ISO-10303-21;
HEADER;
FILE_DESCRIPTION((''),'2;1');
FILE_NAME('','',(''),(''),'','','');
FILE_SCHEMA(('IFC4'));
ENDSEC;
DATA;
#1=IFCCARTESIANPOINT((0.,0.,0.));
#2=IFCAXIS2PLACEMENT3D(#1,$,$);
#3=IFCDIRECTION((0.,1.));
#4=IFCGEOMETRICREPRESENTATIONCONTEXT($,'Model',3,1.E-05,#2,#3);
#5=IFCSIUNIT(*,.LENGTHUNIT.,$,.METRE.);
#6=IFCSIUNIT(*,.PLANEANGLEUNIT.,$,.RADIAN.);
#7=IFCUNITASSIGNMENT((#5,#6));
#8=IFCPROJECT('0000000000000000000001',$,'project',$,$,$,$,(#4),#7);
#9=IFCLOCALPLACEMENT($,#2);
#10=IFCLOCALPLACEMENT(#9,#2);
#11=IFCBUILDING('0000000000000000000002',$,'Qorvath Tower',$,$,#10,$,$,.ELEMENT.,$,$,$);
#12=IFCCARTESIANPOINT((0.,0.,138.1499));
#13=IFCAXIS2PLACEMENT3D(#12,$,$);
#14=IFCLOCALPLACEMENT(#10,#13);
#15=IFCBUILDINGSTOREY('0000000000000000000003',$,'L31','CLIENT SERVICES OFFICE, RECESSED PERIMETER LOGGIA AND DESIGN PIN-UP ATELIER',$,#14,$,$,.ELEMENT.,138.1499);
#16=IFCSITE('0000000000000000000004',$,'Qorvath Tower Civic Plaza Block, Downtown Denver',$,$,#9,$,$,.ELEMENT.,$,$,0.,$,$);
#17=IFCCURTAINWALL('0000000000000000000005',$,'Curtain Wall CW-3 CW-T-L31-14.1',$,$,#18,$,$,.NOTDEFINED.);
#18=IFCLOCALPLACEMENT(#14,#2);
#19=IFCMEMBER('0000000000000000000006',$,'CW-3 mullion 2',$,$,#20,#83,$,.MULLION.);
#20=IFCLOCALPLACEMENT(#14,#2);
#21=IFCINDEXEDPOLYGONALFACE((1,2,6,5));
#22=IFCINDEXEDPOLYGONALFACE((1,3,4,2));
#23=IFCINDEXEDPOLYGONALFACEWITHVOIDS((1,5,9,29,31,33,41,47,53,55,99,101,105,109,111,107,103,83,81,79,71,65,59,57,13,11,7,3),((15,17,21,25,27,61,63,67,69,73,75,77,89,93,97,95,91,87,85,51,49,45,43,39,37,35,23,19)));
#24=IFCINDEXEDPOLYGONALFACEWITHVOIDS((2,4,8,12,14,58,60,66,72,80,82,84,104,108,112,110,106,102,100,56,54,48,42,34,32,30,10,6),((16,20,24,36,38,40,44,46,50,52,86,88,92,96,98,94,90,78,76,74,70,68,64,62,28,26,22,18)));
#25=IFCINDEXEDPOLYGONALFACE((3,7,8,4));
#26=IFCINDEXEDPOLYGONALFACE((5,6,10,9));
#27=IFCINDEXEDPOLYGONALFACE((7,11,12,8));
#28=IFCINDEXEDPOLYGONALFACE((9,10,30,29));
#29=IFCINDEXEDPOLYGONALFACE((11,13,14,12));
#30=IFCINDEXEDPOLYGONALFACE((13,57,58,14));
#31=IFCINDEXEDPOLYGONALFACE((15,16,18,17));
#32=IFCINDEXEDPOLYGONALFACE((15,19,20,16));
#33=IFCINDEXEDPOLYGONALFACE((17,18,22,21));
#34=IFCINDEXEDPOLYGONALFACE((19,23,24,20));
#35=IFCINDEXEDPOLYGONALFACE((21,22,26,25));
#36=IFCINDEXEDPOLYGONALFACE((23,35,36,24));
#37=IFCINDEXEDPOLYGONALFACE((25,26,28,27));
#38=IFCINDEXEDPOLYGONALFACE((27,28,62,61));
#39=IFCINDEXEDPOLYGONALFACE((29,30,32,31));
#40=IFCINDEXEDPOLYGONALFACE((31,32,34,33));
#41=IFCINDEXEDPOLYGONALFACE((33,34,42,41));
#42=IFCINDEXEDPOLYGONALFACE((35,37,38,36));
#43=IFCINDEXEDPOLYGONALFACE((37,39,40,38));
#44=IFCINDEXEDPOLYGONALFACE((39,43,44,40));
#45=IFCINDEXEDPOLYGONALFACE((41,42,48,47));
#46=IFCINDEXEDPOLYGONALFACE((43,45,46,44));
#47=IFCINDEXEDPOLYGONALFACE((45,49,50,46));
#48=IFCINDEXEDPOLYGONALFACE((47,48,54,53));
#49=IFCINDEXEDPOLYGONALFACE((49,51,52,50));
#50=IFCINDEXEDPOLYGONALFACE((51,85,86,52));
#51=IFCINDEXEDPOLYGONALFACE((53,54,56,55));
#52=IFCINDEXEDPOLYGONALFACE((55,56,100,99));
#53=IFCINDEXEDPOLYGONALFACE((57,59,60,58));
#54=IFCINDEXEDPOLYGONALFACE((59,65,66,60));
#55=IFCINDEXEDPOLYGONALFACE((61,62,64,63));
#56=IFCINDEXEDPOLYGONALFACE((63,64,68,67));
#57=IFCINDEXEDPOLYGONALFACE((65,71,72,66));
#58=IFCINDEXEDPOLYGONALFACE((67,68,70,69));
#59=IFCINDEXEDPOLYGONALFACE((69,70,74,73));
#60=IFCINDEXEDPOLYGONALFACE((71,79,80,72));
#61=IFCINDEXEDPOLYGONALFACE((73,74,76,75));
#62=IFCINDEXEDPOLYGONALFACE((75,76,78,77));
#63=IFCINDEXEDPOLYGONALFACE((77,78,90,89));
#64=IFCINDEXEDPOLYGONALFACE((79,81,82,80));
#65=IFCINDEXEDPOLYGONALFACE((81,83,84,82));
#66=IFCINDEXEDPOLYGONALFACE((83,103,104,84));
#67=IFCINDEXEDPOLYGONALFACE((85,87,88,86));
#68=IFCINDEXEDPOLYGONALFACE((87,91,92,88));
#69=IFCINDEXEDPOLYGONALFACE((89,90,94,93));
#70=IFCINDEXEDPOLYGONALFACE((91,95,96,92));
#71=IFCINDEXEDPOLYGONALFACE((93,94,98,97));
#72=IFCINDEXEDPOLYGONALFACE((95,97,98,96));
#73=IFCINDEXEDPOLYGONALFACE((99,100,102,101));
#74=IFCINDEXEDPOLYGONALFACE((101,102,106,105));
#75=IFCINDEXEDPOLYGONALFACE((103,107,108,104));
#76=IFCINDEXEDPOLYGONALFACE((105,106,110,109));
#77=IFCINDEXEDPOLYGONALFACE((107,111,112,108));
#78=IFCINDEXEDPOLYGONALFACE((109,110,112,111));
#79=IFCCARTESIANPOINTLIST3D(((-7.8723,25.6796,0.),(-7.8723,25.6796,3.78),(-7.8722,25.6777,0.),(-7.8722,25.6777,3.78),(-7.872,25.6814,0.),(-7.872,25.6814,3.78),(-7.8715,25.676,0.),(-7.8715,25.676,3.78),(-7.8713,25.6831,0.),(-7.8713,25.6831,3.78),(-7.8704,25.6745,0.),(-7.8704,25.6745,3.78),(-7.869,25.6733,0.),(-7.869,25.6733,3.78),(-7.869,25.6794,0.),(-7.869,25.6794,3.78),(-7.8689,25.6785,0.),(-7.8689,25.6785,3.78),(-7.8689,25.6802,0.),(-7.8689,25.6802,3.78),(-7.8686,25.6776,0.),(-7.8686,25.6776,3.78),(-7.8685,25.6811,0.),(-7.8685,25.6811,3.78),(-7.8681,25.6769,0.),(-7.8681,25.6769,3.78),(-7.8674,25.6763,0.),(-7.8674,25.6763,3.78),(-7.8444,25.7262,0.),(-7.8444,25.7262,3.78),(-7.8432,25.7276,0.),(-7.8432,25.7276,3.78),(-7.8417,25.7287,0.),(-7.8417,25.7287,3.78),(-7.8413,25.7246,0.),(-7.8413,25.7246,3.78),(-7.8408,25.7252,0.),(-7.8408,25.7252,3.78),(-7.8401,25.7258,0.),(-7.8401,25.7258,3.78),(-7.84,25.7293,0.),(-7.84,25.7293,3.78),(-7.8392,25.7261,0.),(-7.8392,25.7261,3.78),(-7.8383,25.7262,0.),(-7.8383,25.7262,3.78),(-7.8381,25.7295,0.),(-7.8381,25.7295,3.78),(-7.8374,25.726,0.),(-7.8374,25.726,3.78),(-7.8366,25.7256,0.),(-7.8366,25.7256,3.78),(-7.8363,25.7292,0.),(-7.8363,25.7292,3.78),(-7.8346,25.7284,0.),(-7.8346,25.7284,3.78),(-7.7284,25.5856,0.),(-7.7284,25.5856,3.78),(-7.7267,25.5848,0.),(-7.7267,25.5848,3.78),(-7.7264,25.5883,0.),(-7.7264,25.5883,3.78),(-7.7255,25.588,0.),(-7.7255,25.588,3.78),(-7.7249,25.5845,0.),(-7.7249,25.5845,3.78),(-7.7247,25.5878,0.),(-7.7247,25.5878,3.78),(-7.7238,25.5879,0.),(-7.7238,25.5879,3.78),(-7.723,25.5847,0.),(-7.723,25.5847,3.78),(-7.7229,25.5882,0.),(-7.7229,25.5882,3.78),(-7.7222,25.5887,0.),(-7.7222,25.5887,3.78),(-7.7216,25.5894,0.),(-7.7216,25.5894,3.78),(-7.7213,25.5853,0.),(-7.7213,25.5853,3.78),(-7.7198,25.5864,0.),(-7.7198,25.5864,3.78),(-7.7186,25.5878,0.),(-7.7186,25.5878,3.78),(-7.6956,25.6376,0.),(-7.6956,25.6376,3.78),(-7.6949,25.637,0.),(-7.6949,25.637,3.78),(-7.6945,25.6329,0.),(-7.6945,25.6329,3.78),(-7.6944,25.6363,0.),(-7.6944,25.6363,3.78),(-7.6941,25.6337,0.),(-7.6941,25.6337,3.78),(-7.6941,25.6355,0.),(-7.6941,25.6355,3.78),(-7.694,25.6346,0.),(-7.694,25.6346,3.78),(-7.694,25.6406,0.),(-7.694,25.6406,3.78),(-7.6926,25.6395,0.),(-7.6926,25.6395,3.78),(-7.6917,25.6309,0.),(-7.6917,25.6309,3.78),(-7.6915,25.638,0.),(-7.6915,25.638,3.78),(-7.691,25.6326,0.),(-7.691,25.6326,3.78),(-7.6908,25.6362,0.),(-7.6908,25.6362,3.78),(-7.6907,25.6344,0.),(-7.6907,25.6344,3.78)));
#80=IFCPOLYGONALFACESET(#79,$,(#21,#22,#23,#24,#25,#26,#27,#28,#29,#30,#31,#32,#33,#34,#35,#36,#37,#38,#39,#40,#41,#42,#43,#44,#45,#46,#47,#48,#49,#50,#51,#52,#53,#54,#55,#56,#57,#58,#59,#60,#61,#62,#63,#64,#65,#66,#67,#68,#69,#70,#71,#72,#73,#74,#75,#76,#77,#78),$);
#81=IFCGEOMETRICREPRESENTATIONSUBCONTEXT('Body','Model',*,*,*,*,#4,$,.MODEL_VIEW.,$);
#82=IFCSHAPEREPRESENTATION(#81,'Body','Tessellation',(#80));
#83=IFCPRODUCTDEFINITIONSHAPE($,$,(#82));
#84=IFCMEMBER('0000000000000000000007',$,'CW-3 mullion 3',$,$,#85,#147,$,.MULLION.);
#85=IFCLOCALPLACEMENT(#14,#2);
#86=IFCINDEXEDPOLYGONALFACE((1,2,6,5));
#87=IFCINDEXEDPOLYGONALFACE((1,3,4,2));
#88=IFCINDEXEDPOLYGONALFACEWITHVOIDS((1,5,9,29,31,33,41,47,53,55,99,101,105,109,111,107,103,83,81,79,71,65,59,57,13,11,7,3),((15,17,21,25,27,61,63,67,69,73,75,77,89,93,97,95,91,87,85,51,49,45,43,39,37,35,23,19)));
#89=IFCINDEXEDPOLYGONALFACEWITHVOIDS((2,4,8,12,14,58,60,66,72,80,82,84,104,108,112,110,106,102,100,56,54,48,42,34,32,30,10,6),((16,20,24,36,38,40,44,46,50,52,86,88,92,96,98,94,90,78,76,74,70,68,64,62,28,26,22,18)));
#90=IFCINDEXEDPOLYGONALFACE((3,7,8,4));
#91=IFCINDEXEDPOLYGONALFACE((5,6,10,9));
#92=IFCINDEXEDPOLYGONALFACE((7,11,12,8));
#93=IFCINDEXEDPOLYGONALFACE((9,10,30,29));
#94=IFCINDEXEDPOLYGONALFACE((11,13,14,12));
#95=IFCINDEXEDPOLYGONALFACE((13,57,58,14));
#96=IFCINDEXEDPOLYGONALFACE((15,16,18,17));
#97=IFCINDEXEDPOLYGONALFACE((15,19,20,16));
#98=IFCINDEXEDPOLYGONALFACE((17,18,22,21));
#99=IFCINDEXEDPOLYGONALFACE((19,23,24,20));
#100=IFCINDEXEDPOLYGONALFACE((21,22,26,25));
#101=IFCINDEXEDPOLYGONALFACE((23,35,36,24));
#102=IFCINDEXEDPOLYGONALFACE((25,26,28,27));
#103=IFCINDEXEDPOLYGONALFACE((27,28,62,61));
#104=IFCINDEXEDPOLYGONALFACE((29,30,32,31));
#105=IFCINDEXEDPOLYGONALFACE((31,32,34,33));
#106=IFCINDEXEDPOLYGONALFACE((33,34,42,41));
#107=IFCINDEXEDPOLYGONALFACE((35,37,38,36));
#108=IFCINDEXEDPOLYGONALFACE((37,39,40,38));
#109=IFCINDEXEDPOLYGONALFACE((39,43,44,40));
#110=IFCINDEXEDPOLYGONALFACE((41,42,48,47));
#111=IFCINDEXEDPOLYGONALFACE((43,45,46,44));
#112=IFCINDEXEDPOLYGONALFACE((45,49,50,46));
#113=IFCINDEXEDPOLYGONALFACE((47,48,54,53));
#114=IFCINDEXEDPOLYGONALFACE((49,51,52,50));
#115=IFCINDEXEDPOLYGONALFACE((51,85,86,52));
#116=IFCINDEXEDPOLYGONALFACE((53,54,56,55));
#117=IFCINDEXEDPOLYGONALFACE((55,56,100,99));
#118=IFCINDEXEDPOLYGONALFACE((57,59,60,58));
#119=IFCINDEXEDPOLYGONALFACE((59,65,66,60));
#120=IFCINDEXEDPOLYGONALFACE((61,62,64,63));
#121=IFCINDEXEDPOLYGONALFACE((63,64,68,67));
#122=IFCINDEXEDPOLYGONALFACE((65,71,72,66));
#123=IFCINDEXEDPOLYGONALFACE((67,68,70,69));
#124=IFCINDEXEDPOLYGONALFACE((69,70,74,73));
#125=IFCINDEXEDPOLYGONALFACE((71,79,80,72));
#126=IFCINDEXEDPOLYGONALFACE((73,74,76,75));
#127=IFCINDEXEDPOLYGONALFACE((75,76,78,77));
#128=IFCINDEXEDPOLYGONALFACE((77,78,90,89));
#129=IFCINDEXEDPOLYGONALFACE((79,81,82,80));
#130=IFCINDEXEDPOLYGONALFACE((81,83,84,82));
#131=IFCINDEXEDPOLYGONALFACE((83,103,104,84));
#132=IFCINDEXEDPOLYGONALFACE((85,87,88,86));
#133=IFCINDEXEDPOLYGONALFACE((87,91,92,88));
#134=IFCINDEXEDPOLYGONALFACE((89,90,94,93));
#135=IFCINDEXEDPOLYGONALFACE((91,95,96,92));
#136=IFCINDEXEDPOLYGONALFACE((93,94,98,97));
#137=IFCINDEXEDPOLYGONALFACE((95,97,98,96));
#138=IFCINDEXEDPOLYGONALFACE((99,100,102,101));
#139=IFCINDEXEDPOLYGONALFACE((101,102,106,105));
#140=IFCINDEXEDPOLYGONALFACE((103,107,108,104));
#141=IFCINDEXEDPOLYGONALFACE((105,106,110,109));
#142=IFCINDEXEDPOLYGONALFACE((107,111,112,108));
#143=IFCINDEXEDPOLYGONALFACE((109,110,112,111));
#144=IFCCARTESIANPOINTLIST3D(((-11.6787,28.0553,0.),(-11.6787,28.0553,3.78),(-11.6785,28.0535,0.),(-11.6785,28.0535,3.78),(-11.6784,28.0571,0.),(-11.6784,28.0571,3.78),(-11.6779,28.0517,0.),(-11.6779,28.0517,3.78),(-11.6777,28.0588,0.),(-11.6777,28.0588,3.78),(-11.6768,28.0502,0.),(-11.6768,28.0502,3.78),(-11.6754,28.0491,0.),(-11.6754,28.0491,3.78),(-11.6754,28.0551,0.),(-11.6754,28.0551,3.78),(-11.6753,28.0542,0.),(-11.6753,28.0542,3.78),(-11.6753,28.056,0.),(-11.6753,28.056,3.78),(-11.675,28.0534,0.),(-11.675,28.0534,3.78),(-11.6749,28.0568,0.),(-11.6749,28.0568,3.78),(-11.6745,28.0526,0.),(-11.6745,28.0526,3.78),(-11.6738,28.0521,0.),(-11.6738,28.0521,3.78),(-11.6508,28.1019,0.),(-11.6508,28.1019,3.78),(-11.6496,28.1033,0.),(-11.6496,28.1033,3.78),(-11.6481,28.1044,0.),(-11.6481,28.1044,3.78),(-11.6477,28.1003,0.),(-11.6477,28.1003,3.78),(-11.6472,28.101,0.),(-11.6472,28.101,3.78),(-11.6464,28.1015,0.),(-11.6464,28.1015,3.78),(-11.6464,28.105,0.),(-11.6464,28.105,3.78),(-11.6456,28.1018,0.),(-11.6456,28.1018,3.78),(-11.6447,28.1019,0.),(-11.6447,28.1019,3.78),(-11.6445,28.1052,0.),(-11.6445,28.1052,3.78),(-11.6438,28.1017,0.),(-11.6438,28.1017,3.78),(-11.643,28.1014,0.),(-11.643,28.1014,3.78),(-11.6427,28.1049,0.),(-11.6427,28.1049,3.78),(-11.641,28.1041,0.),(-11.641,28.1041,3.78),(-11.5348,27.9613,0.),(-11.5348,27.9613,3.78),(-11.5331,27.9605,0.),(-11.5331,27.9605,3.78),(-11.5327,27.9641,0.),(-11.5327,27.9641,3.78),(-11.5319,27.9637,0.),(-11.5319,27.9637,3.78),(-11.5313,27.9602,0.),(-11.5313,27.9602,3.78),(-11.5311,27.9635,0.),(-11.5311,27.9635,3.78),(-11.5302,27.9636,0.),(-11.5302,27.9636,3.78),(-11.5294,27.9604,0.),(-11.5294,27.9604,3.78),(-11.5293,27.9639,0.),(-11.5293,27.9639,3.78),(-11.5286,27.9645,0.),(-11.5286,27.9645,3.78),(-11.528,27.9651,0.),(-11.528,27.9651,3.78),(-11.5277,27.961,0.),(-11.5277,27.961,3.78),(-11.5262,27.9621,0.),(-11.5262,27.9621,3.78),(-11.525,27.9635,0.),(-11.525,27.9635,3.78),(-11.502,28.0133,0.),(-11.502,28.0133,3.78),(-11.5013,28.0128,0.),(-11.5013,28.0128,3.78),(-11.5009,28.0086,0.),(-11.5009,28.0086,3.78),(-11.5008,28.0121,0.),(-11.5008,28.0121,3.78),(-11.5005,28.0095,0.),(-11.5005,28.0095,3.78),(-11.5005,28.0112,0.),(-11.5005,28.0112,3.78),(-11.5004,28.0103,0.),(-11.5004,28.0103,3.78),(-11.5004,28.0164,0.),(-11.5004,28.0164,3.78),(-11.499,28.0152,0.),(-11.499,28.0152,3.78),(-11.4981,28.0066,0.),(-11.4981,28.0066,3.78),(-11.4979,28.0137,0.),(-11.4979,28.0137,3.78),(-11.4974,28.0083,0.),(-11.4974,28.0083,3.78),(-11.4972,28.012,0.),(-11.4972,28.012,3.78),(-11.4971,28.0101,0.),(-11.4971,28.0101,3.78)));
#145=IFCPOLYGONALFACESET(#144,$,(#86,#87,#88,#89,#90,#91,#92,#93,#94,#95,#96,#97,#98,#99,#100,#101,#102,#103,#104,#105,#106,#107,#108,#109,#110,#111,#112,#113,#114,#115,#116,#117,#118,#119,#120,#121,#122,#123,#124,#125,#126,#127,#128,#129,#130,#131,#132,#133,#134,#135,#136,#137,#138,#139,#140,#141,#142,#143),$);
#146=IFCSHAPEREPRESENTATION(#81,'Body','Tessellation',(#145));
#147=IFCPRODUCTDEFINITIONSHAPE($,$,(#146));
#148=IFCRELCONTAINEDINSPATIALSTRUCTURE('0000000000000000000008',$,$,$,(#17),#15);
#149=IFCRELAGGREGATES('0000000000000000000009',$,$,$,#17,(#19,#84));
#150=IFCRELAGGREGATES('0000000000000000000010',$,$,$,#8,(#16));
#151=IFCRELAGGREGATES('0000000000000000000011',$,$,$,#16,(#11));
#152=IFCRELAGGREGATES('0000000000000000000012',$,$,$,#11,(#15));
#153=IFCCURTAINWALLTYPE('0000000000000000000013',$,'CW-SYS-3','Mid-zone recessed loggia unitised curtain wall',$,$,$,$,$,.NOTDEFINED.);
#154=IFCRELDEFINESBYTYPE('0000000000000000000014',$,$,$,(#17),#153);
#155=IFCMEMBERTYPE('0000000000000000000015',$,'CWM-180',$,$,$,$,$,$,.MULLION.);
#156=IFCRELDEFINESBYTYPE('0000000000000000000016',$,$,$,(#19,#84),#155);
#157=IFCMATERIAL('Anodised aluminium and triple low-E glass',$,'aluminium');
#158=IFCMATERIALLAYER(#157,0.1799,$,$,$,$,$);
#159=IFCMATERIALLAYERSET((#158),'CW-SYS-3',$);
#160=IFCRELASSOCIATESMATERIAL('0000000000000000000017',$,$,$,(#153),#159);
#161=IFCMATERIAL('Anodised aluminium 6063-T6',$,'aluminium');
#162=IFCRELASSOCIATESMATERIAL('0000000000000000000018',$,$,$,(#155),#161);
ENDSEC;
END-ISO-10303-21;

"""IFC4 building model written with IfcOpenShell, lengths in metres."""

from ifc_helpers import new_model, si_unit, direction, frame, origin, origin_2d, place, context, subcontext, project, spatial, hollow_rectangle, extrude, material, layer, layer_set, material_profile, profile_set, type_object, element, aggregate, save


model = new_model("IFC4")

# Units and contexts
model_context = context("Model", 3, precision=1e-05, world=origin(), true_north=direction((0.0, 1.0)))
body_context = subcontext(model_context, "Body", "Model", "MODEL_VIEW")
ifc_project = project(units=[si_unit("LENGTHUNIT", "METRE"), si_unit("PLANEANGLEUNIT", "RADIAN")], contexts=[model_context])

# Site, building, storey
site_placement = place(None, origin())
site = spatial("IfcSite", under=ifc_project, at=site_placement, Name="Qorvath Tower Civic Plaza Block, Downtown Denver", CompositionType="ELEMENT", RefElevation=0.0)
building_placement = place(site_placement, origin())
building = spatial("IfcBuilding", under=site, at=building_placement, Name="Qorvath Tower", CompositionType="ELEMENT")
storey_placement = place(building_placement, frame((0.0, 0.0, 138.1499)))
storey = spatial("IfcBuildingStorey", under=building, at=storey_placement, Name="L31", Description="CLIENT SERVICES OFFICE, RECESSED PERIMETER LOGGIA AND DESIGN PIN-UP ATELIER", CompositionType="ELEMENT", Elevation=138.1499)

# Shared definitions
ifc_material_1 = material(Name="Anodised aluminium and triple low-E glass", Category="aluminium")
ifc_layer_1 = layer(ifc_material_1, 0.1799)
ifc_layer_set_1 = layer_set([ifc_layer_1], Name="CW-SYS-3")
curtain_wall_type = type_object("IfcCurtainWallType", Name="CW-SYS-3", Description="Mid-zone recessed loggia unitised curtain wall", PredefinedType="NOTDEFINED", material=ifc_layer_set_1)
ifc_material_2 = material(Name="Anodised aluminium 6063-T6", Category="aluminium")
ifc_material_profile_1 = material_profile(ifc_material_2, hollow_rectangle(XDim=0.0649, YDim=0.1799, WallThickness=0.0034, InnerFilletRadius=0.0034, OuterFilletRadius=0.0071, at=origin_2d()), Name="CWM 180x65")
ifc_profile_set_1 = profile_set([ifc_material_profile_1], Name="Anodised aluminium 6063-T6")
member_type_1 = type_object("IfcMemberType", Name="CWM-180", PredefinedType="MULLION", material=ifc_profile_set_1)

# Curtain wall, members
curtain_wall_1_placement = place(storey_placement, origin())
curtain_wall_1 = element("IfcCurtainWall", 1, at=curtain_wall_1_placement, inside=storey, type_object=curtain_wall_type, Name="Curtain Wall CW-3 CW-T-L31-14.1", PredefinedType="NOTDEFINED")
member_1_placement = place(storey_placement, frame((-7.7815, 25.657, 0.0), z_axis=(0.0, 0.0, 1.0), x_axis=(-0.52944, -0.848347, 0.0)))
member_1 = element("IfcMember", 2, at=member_1_placement, type_object=member_type_1, Name="CW-3 mullion 2", PredefinedType="MULLION", context=body_context, shape_type="SweptSolid", body=[
    extrude(hollow_rectangle(XDim=0.0649, YDim=0.1799, WallThickness=0.0034, InnerFilletRadius=0.0034, OuterFilletRadius=0.0071, at=origin_2d()), origin(), (0.0, 0.0, 1.0), 3.78),
])
member_2_placement = place(storey_placement, frame((-11.5879, 28.0327, 0.0), z_axis=(0.0, 0.0, 1.0), x_axis=(-0.52944, -0.848347, 0.0)))
member_2 = element("IfcMember", 3, at=member_2_placement, type_object=member_type_1, Name="CW-3 mullion 3", PredefinedType="MULLION", context=body_context, shape_type="SweptSolid", body=[
    extrude(hollow_rectangle(XDim=0.0649, YDim=0.1799, WallThickness=0.0034, InnerFilletRadius=0.0034, OuterFilletRadius=0.0071, at=origin_2d()), origin(), (0.0, 0.0, 1.0), 3.78),
])

aggregate(curtain_wall_1, [member_1, member_2])

save(model, "model.ifc")
